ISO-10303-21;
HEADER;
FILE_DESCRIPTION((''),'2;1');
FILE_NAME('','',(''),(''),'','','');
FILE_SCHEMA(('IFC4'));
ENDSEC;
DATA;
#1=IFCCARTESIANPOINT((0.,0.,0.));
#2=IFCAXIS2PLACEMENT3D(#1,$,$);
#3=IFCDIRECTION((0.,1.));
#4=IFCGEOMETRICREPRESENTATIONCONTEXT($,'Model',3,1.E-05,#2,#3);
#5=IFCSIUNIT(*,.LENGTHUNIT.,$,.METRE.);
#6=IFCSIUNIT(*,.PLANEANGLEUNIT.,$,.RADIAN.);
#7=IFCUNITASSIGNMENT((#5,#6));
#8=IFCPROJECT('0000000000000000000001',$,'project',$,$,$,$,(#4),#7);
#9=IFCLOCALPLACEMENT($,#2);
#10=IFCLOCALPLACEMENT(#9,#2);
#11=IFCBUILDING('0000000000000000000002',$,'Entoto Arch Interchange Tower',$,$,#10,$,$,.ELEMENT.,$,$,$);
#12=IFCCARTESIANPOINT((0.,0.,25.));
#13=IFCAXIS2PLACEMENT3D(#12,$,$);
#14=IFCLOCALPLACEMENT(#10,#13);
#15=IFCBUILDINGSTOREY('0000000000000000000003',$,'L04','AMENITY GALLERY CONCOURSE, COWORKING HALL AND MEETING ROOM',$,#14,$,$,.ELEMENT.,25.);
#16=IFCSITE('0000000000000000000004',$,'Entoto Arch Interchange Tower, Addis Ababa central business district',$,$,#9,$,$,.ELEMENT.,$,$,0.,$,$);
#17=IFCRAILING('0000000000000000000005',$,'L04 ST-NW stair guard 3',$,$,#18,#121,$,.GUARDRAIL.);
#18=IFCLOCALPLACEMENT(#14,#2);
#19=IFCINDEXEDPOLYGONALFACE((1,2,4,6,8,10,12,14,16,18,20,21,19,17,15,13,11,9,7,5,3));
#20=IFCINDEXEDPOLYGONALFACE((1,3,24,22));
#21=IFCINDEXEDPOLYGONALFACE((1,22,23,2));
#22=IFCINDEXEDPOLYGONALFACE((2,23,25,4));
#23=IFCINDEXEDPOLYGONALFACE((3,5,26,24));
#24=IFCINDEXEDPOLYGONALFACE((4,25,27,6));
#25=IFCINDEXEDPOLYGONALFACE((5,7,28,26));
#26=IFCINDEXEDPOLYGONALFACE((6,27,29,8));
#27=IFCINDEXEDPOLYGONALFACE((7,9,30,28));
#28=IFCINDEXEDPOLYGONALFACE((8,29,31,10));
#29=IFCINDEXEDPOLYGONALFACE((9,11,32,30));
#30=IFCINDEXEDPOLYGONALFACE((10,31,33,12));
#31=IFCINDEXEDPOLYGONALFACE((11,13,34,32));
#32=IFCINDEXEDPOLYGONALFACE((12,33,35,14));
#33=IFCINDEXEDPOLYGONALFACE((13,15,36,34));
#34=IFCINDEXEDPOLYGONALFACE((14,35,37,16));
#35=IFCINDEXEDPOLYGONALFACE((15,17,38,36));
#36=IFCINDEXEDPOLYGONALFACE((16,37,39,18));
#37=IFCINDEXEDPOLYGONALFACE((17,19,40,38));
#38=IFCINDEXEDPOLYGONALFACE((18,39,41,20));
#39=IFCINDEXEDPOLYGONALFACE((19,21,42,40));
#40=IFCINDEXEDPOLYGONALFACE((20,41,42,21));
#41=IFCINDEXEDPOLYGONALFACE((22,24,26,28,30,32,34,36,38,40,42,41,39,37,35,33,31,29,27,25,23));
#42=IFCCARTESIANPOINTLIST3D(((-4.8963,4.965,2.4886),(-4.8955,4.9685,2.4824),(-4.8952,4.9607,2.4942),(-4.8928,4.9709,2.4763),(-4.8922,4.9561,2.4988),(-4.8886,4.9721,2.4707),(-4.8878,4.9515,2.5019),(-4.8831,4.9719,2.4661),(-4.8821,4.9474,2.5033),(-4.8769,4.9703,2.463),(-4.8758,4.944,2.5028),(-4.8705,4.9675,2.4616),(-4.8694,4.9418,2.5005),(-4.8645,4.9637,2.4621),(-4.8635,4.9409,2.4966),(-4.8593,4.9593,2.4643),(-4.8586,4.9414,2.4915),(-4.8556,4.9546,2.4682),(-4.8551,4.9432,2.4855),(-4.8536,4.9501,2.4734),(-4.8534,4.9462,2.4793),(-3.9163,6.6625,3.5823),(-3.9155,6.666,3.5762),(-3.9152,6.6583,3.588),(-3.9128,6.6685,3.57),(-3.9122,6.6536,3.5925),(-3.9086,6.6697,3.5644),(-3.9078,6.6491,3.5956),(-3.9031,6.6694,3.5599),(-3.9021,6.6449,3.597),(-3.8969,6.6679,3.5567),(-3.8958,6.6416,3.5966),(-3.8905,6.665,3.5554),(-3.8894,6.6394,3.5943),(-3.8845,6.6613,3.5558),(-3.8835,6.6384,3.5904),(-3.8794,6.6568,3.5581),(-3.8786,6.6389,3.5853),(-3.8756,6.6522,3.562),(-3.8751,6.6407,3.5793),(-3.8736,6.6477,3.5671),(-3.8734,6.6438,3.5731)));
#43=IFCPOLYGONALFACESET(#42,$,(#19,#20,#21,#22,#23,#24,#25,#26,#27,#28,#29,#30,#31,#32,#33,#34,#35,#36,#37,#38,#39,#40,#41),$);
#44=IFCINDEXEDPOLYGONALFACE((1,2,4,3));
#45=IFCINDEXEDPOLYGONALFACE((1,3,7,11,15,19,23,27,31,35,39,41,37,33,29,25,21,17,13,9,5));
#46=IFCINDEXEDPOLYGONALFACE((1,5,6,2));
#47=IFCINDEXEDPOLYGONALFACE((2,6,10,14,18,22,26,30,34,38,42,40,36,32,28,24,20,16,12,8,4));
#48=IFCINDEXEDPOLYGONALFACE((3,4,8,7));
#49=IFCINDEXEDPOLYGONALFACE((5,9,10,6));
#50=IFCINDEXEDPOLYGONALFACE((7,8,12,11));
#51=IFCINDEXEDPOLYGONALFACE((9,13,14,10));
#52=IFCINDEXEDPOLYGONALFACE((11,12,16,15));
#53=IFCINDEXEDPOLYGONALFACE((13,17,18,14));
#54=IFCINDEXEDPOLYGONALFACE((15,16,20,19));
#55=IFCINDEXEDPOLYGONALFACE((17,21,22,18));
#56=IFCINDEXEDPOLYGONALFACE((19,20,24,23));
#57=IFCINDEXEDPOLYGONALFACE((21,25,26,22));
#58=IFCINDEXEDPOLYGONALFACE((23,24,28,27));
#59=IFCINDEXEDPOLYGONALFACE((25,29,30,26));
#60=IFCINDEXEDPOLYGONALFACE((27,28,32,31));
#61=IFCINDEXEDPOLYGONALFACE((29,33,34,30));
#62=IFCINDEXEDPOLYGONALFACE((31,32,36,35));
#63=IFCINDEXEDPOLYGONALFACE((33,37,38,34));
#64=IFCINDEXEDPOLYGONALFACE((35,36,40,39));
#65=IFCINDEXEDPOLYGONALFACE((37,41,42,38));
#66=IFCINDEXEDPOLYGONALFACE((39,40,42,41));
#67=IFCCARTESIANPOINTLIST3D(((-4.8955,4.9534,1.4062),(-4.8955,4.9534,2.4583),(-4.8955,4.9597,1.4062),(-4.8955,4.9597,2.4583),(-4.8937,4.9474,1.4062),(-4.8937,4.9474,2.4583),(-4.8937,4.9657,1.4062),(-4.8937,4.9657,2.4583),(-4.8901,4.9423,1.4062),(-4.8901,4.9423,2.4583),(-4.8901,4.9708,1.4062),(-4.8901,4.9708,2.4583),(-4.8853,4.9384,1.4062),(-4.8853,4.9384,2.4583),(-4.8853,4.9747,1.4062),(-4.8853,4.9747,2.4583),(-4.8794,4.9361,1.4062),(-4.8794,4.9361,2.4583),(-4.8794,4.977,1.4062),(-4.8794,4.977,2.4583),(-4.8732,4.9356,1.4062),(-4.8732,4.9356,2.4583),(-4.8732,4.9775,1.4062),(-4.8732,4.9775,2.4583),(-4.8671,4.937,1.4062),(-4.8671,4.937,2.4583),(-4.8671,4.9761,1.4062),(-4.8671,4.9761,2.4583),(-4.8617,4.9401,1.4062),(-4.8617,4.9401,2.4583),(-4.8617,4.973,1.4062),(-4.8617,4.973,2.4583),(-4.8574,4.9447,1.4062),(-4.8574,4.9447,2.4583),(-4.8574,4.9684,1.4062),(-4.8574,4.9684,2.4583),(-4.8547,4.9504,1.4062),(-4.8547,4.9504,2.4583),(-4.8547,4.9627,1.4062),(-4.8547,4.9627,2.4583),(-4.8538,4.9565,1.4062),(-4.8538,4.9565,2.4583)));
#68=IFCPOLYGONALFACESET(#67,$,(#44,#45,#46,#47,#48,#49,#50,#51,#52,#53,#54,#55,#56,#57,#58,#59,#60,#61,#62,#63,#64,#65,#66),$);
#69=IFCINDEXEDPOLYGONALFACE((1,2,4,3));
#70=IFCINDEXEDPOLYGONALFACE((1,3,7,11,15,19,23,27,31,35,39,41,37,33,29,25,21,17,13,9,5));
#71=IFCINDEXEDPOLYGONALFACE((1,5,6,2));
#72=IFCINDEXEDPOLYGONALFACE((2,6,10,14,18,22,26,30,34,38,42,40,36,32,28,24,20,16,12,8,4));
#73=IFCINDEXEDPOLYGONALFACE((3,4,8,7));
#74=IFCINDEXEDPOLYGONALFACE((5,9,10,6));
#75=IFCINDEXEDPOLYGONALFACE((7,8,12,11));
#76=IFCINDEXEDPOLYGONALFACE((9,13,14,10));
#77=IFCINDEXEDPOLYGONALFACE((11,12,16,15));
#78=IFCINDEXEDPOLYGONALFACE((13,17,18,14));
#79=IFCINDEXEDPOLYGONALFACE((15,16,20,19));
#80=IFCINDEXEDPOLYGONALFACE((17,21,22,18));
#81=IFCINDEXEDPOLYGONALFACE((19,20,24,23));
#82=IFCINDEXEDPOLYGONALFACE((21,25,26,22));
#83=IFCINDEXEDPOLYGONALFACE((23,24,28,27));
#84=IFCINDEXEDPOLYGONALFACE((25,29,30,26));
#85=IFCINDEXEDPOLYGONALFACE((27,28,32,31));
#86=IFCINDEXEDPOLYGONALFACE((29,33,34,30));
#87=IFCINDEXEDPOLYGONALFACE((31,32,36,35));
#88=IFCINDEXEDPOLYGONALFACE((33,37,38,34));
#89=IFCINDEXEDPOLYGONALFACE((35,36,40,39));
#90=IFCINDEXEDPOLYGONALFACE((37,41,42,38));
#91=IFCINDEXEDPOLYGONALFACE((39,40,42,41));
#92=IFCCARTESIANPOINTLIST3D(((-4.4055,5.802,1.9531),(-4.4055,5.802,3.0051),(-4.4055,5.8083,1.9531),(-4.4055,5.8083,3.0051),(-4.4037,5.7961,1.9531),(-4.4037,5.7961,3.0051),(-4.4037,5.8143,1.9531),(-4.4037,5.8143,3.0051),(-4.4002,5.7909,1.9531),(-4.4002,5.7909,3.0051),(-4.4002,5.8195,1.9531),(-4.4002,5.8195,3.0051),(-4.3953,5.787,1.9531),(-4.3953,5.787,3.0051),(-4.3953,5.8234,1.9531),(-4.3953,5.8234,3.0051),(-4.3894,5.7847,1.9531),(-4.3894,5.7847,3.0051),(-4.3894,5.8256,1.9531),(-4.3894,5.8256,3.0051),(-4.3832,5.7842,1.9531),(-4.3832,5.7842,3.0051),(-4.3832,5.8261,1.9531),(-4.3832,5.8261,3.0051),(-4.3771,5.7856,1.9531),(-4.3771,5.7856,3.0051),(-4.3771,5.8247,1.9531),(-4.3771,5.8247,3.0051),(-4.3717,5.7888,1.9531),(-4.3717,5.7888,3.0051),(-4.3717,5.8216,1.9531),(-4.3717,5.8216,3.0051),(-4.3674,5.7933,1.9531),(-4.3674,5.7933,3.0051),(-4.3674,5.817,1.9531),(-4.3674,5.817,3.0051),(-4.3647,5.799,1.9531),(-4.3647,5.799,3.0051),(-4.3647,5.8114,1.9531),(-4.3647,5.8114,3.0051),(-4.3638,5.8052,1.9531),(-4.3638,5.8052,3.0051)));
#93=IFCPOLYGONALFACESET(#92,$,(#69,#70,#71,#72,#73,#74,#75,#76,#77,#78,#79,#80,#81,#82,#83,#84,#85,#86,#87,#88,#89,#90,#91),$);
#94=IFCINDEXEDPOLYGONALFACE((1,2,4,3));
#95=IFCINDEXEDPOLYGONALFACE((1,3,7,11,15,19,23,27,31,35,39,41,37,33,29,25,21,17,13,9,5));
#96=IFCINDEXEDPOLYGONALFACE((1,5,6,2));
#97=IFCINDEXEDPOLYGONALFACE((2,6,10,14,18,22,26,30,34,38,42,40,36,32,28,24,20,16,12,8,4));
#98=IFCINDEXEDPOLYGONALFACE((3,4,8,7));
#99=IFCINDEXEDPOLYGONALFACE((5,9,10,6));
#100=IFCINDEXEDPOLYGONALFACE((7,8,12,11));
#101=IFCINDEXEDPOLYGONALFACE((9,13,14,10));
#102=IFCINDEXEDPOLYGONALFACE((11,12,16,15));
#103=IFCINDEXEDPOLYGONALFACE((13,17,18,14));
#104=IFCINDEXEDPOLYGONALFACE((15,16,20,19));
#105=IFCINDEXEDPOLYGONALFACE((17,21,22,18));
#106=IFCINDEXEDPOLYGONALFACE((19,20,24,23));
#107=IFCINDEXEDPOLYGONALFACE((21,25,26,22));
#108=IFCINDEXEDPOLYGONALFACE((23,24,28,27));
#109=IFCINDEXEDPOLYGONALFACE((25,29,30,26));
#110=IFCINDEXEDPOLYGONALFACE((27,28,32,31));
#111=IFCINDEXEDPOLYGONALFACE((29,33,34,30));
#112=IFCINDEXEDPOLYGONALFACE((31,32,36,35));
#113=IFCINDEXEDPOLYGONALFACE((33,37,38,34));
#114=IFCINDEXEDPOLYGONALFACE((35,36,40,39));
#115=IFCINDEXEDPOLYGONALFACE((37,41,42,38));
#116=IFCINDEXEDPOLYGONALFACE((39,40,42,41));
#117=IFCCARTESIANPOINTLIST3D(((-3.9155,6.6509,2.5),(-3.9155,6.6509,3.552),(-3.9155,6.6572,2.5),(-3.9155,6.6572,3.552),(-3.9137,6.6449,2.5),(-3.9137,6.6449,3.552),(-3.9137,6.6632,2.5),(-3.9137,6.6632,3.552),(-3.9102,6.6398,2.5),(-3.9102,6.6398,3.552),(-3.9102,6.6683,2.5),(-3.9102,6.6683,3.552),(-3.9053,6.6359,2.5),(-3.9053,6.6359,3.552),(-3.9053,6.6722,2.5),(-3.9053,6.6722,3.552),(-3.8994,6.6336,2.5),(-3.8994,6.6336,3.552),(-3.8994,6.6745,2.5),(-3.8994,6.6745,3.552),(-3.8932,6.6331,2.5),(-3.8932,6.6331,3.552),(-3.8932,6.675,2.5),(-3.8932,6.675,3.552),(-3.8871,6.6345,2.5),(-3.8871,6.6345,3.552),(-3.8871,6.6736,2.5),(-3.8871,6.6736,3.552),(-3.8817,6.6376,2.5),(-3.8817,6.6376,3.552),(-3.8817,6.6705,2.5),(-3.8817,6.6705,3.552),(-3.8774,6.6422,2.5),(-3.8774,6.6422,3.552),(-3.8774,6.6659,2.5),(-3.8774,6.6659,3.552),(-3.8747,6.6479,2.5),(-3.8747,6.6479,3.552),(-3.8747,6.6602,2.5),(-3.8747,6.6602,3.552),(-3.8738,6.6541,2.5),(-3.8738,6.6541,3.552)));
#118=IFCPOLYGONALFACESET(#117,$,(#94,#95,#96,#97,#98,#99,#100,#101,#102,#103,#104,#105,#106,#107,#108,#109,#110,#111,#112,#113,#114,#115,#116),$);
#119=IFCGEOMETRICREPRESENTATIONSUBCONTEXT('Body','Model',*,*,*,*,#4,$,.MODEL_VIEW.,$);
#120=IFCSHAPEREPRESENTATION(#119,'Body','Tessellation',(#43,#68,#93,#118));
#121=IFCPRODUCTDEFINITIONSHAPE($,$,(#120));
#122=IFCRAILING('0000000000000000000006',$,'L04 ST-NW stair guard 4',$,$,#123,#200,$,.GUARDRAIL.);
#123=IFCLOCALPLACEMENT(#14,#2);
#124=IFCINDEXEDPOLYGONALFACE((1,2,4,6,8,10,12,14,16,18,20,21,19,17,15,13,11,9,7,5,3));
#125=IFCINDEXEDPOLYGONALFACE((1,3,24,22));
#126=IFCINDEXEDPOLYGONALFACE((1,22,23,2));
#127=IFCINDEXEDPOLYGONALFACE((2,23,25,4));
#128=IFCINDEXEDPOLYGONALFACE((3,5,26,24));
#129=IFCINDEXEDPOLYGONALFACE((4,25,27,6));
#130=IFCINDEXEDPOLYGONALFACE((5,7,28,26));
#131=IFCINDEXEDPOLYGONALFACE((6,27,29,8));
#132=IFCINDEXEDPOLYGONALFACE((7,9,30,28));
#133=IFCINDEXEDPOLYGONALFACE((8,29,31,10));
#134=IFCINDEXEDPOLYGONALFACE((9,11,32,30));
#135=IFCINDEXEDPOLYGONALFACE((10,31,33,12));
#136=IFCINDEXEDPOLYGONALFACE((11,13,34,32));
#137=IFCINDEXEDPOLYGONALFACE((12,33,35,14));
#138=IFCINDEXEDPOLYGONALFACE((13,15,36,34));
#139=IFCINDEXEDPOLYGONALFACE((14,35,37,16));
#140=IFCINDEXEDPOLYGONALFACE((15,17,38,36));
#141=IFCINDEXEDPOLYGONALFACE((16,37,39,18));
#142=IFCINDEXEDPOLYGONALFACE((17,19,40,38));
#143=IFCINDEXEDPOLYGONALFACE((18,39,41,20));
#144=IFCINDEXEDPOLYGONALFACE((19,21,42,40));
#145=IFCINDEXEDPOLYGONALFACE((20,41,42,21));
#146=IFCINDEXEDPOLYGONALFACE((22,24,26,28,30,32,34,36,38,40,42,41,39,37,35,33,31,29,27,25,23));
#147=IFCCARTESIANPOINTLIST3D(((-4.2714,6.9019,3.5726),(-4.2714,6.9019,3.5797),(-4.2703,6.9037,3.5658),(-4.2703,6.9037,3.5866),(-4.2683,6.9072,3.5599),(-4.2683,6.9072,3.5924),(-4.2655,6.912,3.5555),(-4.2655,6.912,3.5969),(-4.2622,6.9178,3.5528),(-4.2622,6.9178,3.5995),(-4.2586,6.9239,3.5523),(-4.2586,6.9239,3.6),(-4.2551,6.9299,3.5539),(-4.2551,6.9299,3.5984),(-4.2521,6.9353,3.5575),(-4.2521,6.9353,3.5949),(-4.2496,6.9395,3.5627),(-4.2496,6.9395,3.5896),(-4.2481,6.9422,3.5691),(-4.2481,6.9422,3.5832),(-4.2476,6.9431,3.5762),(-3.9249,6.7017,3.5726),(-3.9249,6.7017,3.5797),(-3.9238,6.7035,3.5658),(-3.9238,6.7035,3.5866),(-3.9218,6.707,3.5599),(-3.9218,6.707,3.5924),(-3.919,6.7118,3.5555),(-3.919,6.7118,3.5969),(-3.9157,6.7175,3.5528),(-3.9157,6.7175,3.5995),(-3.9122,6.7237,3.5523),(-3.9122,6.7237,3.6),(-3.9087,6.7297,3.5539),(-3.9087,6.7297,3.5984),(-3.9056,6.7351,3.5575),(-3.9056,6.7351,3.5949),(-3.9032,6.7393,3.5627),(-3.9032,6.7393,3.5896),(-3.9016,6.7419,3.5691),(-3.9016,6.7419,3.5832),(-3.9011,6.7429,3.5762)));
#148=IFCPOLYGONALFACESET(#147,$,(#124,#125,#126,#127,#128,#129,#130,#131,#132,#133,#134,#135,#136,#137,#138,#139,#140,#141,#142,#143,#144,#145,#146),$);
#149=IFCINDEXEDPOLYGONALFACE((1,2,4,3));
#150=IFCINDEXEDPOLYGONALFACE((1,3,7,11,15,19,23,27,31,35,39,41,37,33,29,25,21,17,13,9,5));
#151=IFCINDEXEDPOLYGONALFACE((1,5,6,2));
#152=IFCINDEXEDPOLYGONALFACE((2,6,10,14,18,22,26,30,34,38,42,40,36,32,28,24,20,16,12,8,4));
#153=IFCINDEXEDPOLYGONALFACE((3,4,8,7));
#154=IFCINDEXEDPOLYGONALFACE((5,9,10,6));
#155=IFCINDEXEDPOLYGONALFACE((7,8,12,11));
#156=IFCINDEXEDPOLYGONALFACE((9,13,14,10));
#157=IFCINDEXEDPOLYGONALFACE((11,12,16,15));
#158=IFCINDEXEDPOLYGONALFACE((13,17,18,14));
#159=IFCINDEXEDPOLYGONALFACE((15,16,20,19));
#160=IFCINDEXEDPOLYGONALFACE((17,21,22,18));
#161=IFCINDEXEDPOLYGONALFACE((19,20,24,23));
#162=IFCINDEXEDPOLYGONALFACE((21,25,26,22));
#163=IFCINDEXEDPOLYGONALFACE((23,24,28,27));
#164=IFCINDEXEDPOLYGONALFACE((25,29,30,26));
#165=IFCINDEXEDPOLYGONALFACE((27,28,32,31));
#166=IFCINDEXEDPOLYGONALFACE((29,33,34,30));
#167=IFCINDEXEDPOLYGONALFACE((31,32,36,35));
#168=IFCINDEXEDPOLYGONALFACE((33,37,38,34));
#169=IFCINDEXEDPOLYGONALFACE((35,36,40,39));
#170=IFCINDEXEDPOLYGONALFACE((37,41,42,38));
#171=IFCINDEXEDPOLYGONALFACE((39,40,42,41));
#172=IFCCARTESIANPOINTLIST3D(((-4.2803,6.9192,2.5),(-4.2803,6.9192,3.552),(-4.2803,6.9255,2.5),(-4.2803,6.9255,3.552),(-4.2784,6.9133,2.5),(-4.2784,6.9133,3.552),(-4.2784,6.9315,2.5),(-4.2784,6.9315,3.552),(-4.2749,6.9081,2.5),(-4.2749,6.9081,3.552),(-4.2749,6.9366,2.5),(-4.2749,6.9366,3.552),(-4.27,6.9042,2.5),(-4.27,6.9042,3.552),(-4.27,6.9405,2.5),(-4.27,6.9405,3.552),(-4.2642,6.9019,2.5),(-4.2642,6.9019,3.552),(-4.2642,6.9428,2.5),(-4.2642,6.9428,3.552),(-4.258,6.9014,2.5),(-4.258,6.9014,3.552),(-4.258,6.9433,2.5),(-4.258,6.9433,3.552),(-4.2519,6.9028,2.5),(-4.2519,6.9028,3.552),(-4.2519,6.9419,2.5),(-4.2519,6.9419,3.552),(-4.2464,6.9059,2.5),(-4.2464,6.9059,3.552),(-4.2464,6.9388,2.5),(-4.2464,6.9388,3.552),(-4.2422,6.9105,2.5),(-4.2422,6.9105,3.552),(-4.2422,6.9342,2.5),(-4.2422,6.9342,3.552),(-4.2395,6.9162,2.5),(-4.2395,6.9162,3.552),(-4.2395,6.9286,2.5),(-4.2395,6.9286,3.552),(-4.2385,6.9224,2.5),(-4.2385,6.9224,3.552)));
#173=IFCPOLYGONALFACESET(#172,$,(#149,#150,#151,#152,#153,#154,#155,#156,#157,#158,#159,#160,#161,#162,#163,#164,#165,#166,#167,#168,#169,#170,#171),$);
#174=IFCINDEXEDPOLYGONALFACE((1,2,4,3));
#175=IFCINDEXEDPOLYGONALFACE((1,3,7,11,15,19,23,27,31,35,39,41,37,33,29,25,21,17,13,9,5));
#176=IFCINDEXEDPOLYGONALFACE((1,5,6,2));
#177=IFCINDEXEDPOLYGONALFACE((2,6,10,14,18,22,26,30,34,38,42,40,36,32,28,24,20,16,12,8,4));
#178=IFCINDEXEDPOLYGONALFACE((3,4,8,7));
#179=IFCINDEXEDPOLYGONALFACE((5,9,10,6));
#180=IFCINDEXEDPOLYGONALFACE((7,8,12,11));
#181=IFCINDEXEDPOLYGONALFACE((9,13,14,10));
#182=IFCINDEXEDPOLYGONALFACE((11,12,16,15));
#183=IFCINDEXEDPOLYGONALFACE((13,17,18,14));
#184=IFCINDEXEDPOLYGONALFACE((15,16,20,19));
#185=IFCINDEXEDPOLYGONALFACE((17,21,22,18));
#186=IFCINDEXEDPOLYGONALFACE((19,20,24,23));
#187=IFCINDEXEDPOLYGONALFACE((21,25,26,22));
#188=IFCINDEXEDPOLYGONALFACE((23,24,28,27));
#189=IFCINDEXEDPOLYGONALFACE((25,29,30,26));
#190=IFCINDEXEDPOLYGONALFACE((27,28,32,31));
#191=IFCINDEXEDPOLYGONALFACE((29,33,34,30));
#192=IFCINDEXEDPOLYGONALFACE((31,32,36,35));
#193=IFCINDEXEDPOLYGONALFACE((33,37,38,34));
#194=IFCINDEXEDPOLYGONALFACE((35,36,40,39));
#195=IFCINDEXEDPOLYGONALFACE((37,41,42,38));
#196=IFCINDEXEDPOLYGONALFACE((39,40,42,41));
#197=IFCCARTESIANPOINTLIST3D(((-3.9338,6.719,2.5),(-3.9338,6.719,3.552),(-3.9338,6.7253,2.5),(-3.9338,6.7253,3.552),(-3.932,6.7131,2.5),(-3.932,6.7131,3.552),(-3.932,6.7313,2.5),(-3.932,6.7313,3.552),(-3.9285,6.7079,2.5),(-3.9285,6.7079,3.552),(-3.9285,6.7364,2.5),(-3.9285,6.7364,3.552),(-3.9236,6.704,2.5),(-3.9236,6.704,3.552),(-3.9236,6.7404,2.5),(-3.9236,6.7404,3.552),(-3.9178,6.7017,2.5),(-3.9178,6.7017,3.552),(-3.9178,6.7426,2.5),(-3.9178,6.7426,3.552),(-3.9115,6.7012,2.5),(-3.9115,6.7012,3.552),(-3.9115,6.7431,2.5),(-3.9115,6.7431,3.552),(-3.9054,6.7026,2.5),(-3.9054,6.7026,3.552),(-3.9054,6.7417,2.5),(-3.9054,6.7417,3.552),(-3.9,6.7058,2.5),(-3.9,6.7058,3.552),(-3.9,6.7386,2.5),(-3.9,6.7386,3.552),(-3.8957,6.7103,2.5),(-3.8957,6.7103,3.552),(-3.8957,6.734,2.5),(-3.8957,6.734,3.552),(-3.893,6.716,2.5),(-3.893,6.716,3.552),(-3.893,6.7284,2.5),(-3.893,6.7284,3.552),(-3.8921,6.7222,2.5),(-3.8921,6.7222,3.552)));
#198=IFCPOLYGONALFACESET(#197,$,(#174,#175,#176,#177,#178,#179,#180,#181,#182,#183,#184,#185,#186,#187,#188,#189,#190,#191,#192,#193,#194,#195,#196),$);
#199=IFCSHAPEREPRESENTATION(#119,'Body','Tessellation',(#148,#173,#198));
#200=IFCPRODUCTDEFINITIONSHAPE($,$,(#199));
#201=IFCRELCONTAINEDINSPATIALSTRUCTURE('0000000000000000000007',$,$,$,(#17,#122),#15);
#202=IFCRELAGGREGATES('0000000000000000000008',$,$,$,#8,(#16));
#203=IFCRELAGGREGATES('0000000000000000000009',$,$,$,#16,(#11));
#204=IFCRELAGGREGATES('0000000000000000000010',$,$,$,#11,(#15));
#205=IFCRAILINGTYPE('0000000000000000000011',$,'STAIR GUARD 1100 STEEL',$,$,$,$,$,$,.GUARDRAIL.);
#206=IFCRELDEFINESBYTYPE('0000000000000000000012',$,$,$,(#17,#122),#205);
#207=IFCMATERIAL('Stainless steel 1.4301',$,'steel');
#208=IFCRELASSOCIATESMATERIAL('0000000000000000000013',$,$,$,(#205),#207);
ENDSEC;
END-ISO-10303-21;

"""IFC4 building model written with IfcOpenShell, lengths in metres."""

from ifc_helpers import new_model, si_unit, direction, frame, origin, origin_2d, place, context, subcontext, project, spatial, circle, extrude, material, type_object, element, save


model = new_model("IFC4")

# Units and contexts
model_context = context("Model", 3, precision=1e-05, world=origin(), true_north=direction((0.0, 1.0)))
body_context = subcontext(model_context, "Body", "Model", "MODEL_VIEW")
ifc_project = project(units=[si_unit("LENGTHUNIT", "METRE"), si_unit("PLANEANGLEUNIT", "RADIAN")], contexts=[model_context])

# Site, building, storey
site_placement = place(None, origin())
site = spatial("IfcSite", under=ifc_project, at=site_placement, Name="Entoto Arch Interchange Tower, Addis Ababa central business district", CompositionType="ELEMENT", RefElevation=0.0)
building_placement = place(site_placement, origin())
building = spatial("IfcBuilding", under=site, at=building_placement, Name="Entoto Arch Interchange Tower", CompositionType="ELEMENT")
storey_placement = place(building_placement, frame((0.0, 0.0, 25.0)))
storey = spatial("IfcBuildingStorey", under=building, at=storey_placement, Name="L04", Description="AMENITY GALLERY CONCOURSE, COWORKING HALL AND MEETING ROOM", CompositionType="ELEMENT", Elevation=25.0)

# Railings
ifc_material_1 = material(Name="Stainless steel 1.4301", Category="steel")
railing_type = type_object("IfcRailingType", Name="STAIR GUARD 1100 STEEL", PredefinedType="GUARDRAIL", material=ifc_material_1)
railing_1_placement = place(storey_placement, frame((-4.8748, 4.9565, 1.4062)))
element("IfcRailing", 1, at=railing_1_placement, inside=storey, type_object=railing_type, Name="L04 ST-NW stair guard 3", PredefinedType="GUARDRAIL", context=body_context, shape_type="SweptSolid", body=[
    extrude(circle(Radius=0.0239, at=origin_2d()), frame((0.0, 0.0, 1.0762), z_axis=(0.436596, 0.756267, 0.487282), x_axis=(-0.866042, 0.49997, 0.0)), (0.0, 0.0, 1.0), 2.2446),
    extrude(circle(Radius=0.021, at=origin_2d()), origin(), (0.0, 0.0, 1.0), 1.052),
    extrude(circle(Radius=0.021, at=origin_2d()), frame((0.49, 0.8486, 0.5469)), (0.0, 0.0, 1.0), 1.052),
    extrude(circle(Radius=0.021, at=origin_2d()), frame((0.98, 1.6975, 1.0938)), (0.0, 0.0, 1.0), 1.052),
])
railing_2_placement = place(storey_placement, frame((-4.2595, 6.9224, 2.5)))
element("IfcRailing", 2, at=railing_2_placement, inside=storey, type_object=railing_type, Name="L04 ST-NW stair guard 4", PredefinedType="GUARDRAIL", context=body_context, shape_type="SweptSolid", body=[
    extrude(circle(Radius=0.0239, at=origin_2d()), frame((0.0, 0.0, 1.0762), z_axis=(0.86583, -0.500339, 0.0), x_axis=(0.500339, 0.86583, 0.0)), (0.0, 0.0, 1.0), 0.4001),
    extrude(circle(Radius=0.021, at=origin_2d()), origin(), (0.0, 0.0, 1.0), 1.052),
    extrude(circle(Radius=0.021, at=origin_2d()), frame((0.3464, -0.2002, 0.0)), (0.0, 0.0, 1.0), 1.052),
])

save(model, "model.ifc")
